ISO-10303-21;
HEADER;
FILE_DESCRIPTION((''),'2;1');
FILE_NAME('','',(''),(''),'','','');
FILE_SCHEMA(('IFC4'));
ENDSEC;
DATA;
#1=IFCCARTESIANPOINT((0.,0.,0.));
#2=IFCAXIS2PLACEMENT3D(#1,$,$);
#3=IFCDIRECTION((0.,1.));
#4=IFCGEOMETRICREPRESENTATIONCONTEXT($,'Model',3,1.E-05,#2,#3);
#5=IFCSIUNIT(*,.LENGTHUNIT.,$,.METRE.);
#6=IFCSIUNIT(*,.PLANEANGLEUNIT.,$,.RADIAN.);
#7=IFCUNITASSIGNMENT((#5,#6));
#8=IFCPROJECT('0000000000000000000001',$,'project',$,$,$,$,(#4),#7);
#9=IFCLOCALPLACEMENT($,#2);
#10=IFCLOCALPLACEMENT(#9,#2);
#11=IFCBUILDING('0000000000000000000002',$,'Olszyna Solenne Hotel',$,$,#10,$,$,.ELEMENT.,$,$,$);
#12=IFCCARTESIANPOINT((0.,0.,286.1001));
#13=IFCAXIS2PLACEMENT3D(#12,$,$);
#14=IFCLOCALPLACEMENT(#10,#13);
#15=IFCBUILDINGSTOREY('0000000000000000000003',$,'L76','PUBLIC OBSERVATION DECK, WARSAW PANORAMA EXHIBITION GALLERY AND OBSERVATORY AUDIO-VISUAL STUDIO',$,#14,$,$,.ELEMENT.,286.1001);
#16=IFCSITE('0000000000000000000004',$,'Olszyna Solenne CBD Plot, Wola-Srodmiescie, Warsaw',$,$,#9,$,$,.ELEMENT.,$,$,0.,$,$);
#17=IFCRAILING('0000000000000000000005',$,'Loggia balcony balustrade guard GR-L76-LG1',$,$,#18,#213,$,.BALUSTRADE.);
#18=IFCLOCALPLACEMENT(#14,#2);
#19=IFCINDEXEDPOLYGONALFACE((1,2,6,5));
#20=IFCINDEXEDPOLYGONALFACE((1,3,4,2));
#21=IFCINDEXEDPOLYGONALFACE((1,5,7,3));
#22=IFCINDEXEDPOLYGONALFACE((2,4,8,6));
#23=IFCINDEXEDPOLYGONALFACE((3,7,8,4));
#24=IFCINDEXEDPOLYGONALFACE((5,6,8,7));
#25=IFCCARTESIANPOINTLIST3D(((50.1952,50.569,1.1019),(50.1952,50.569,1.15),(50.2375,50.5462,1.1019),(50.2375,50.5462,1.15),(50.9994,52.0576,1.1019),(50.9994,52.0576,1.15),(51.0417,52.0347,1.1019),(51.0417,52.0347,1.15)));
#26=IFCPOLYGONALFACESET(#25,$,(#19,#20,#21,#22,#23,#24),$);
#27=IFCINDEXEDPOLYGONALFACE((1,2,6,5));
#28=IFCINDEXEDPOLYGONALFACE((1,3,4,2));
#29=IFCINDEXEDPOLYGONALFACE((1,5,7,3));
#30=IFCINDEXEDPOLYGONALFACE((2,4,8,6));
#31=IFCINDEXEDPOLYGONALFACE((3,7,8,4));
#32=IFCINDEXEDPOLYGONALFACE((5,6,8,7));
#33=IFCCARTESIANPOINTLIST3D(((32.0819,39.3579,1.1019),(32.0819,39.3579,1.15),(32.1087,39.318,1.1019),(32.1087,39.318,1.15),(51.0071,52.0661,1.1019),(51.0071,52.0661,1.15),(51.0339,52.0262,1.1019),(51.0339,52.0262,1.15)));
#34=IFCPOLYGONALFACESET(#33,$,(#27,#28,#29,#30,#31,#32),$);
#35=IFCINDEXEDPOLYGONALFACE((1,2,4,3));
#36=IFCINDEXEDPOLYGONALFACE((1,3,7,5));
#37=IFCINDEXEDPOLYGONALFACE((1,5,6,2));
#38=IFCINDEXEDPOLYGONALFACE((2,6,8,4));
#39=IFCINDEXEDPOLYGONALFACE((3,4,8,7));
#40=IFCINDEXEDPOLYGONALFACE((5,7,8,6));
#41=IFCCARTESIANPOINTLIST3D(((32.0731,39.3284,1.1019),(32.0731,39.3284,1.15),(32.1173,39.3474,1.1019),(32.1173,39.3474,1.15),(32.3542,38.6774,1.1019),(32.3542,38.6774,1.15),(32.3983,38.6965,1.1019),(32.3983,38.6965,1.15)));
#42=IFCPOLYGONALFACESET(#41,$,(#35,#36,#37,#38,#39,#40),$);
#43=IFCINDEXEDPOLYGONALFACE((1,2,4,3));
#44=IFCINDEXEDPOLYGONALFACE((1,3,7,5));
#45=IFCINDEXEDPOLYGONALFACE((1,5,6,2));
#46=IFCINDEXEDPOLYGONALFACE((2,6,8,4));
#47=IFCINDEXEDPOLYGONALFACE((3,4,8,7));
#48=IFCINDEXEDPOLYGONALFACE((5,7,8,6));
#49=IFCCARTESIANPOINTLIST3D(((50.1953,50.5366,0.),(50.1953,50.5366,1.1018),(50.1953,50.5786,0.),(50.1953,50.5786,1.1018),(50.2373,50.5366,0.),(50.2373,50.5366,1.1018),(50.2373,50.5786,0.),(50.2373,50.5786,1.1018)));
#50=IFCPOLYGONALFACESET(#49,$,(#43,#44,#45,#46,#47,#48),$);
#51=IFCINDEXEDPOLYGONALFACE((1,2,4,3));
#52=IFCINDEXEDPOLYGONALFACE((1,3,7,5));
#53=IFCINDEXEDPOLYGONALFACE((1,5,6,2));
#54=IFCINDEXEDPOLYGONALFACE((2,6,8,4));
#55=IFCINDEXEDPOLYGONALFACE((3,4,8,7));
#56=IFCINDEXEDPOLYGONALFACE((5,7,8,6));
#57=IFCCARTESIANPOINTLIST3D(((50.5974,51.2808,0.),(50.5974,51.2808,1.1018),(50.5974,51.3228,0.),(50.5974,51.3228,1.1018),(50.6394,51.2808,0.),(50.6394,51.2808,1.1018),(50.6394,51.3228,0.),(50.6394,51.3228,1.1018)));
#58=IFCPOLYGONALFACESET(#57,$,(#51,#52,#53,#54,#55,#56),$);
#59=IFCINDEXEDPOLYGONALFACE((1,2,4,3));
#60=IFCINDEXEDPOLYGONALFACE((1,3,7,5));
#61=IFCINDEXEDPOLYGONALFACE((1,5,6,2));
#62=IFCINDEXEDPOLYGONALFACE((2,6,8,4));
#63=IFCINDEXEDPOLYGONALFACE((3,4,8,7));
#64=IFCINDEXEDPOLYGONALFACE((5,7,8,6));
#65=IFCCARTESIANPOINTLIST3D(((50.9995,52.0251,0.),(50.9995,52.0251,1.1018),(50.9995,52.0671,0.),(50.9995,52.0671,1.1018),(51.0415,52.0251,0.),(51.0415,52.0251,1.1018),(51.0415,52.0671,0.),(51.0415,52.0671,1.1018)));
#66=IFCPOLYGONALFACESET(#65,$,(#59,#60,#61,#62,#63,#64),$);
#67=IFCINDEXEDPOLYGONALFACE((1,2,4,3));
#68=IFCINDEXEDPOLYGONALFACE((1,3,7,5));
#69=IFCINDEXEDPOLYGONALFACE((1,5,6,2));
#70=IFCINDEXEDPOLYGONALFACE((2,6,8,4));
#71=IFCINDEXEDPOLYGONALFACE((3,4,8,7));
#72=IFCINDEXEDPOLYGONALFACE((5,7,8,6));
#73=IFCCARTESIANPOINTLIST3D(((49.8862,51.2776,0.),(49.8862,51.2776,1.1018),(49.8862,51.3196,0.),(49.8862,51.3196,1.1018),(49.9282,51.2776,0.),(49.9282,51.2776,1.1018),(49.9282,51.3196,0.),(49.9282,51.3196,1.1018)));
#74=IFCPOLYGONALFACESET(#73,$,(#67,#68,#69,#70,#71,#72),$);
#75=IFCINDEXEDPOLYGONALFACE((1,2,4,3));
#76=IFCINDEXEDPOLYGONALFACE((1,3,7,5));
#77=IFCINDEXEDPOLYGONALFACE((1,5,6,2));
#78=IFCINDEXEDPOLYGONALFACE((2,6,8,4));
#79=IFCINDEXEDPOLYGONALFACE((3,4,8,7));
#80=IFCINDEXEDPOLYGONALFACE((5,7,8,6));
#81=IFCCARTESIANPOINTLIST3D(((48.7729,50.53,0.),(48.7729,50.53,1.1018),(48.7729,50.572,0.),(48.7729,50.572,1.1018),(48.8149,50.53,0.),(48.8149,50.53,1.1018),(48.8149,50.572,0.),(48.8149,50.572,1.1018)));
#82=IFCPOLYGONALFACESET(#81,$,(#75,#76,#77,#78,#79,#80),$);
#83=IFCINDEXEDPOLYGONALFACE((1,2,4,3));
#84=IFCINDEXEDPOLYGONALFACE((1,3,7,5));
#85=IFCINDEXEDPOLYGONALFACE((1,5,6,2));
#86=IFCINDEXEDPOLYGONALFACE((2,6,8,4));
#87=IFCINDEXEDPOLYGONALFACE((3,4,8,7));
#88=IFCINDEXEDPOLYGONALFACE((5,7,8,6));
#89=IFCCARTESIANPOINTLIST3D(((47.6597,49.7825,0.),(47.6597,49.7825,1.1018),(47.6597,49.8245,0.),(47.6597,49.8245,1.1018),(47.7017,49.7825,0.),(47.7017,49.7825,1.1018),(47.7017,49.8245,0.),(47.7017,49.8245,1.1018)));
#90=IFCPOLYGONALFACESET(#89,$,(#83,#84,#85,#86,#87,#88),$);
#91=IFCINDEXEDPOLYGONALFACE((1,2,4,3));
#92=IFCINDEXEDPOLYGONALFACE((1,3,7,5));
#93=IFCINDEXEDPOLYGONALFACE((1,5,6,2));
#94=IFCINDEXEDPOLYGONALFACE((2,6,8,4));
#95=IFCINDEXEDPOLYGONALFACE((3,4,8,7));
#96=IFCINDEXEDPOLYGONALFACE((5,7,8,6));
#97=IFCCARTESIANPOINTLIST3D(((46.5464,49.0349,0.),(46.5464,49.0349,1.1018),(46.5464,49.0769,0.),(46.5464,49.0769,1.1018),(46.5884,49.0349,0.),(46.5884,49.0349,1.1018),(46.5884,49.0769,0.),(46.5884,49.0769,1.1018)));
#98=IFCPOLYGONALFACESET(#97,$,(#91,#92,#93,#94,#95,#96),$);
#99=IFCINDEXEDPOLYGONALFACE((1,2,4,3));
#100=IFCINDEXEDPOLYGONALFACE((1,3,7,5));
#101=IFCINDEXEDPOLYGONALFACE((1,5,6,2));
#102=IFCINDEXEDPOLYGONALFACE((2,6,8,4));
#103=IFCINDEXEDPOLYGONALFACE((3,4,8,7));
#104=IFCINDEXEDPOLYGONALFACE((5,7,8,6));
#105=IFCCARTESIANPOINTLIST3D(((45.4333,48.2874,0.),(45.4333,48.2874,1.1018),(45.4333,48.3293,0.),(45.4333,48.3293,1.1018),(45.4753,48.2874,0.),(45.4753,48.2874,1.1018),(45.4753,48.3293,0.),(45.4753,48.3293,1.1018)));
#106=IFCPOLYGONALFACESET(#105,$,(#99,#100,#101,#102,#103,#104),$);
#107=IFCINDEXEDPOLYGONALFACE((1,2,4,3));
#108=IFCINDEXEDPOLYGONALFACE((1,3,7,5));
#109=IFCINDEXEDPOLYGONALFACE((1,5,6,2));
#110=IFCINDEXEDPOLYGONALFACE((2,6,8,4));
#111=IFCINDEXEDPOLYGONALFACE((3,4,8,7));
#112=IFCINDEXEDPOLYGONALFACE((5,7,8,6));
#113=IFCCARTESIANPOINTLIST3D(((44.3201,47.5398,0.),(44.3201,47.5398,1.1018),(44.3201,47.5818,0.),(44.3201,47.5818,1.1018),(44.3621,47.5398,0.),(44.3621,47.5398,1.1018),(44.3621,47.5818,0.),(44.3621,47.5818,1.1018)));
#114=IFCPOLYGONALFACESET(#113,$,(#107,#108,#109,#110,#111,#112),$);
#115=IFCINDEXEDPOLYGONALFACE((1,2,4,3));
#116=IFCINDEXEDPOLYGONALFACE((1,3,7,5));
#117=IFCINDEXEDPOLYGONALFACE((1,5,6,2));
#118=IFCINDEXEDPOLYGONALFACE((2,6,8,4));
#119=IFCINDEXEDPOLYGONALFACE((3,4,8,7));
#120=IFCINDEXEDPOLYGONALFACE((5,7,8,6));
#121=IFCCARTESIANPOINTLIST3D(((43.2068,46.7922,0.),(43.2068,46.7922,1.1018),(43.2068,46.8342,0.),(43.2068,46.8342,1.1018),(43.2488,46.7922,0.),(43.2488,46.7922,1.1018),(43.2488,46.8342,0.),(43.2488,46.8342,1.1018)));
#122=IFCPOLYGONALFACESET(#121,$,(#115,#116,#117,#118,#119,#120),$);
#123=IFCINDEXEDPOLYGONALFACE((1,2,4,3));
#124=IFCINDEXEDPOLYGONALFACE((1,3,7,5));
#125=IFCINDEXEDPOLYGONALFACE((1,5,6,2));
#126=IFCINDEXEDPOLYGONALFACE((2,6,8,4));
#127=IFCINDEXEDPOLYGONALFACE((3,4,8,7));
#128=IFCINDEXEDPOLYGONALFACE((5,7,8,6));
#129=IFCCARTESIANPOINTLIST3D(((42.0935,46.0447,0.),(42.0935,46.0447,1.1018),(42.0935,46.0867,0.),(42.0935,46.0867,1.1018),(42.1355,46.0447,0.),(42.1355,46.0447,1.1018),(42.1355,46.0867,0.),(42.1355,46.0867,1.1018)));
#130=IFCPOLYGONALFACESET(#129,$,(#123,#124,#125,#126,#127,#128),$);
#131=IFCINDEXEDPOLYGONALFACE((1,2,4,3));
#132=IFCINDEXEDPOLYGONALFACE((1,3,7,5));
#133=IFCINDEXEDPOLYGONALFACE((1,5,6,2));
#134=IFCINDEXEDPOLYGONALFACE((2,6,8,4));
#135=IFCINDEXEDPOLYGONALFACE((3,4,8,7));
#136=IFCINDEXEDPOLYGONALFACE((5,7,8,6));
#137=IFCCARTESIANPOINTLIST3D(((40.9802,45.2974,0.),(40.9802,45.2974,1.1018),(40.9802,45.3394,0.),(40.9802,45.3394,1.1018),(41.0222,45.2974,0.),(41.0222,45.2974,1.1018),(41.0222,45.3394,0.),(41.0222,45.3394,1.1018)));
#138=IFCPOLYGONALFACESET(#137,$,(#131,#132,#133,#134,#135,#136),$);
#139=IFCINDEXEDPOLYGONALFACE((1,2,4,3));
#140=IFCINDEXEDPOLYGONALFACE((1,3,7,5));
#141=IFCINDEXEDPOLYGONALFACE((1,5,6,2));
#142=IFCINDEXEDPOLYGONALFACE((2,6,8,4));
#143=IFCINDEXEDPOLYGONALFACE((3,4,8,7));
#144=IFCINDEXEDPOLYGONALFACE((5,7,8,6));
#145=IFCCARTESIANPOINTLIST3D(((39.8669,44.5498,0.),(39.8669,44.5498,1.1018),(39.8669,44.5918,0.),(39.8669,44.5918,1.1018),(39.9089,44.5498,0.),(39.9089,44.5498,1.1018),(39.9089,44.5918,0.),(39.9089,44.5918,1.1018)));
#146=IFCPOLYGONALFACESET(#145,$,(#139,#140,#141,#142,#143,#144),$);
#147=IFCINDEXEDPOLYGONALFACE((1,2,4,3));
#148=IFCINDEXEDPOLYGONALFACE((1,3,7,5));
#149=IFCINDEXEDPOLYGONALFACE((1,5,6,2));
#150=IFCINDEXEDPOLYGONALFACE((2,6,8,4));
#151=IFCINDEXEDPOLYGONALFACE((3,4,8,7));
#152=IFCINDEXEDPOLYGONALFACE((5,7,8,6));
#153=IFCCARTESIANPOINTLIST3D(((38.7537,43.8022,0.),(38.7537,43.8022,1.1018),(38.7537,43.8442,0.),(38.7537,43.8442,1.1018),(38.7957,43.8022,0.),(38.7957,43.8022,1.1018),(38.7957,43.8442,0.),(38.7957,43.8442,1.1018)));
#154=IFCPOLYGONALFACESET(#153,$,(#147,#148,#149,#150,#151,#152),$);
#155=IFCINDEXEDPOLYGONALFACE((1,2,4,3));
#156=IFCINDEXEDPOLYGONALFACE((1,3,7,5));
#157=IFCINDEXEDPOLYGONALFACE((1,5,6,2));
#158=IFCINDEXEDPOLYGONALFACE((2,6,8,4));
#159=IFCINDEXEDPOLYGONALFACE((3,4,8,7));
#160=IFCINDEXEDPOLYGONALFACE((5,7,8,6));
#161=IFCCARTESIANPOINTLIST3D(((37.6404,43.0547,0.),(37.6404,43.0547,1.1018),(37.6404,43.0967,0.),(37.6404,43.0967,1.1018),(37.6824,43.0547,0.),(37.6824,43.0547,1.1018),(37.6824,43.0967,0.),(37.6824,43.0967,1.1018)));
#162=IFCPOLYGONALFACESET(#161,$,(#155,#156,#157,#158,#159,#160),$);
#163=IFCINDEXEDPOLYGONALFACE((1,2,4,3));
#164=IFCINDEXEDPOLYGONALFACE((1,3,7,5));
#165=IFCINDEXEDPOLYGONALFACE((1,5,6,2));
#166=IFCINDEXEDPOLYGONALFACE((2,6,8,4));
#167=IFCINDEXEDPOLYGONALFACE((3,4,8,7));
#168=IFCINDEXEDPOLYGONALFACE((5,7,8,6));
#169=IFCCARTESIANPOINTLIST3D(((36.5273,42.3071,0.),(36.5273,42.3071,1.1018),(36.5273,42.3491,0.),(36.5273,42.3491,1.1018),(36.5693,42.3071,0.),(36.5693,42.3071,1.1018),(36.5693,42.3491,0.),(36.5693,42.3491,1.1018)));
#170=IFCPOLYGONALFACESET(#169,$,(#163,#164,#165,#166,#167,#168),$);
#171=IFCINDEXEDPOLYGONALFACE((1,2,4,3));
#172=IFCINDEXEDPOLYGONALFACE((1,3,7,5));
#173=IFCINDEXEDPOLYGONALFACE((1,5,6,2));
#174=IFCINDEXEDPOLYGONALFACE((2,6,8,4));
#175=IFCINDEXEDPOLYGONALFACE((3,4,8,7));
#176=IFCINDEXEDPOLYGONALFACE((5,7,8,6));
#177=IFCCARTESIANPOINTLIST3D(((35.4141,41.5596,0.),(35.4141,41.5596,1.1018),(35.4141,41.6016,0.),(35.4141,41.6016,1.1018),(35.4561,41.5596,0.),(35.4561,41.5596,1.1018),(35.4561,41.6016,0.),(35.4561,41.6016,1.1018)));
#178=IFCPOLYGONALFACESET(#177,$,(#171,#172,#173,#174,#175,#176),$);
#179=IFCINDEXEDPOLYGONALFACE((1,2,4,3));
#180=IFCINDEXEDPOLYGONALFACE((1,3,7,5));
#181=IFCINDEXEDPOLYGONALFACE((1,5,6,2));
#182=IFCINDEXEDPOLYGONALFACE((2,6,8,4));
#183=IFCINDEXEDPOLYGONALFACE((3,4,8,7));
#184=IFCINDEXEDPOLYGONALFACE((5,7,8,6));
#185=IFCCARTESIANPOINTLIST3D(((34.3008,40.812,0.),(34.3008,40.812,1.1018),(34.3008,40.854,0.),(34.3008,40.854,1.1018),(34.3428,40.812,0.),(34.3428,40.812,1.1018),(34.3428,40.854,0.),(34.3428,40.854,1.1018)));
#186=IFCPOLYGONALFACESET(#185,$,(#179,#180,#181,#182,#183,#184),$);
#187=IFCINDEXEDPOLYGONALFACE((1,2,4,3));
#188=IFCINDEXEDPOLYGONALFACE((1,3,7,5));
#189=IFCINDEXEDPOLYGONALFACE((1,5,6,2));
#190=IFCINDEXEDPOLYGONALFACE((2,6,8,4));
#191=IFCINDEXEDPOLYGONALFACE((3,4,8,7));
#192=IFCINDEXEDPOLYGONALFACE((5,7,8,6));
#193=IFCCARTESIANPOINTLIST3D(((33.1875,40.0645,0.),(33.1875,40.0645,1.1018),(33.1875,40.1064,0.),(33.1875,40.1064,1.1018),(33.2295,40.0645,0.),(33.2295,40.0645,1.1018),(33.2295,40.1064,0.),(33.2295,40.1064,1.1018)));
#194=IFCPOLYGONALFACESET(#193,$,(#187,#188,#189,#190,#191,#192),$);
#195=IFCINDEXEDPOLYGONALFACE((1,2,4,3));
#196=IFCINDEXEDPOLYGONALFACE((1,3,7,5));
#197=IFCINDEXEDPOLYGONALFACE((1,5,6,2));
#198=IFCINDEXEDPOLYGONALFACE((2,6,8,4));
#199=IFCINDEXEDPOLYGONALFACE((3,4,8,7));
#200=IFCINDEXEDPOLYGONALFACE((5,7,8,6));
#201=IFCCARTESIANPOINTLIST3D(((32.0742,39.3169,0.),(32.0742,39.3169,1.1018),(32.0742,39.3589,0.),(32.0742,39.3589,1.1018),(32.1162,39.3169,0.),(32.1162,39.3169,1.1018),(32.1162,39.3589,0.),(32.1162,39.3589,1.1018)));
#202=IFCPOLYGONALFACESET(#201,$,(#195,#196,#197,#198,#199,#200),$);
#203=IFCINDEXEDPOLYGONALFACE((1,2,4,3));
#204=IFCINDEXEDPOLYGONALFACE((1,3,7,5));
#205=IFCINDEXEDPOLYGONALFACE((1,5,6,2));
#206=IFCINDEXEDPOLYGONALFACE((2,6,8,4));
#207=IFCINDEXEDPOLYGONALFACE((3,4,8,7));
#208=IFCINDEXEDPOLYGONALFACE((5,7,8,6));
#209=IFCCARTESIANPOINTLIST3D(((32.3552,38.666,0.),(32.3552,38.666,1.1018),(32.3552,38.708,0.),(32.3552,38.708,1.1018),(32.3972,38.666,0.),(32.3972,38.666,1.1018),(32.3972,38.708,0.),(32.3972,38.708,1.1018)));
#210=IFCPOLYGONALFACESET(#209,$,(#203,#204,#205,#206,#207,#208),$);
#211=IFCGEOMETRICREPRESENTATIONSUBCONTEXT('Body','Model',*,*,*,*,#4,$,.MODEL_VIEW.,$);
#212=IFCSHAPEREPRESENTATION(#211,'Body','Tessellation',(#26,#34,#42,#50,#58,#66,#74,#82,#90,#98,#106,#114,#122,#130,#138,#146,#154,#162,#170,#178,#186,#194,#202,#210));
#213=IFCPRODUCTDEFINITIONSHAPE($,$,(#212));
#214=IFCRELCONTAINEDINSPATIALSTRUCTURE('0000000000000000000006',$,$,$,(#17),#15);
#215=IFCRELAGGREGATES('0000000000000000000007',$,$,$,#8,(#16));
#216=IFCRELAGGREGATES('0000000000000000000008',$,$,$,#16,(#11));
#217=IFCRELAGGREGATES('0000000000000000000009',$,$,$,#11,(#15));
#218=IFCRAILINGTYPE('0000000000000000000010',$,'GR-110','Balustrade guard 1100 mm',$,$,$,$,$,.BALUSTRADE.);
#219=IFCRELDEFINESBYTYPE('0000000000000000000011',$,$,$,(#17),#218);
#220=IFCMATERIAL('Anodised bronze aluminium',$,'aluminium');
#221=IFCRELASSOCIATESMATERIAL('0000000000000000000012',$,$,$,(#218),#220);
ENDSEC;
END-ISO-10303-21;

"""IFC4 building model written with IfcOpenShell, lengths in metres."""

from ifc_helpers import new_model, si_unit, direction, frame, origin, origin_2d, place, context, subcontext, project, spatial, rectangle, extrude, material, type_object, element, save


model = new_model("IFC4")

# Units and contexts
model_context = context("Model", 3, precision=1e-05, world=origin(), true_north=direction((0.0, 1.0)))
body_context = subcontext(model_context, "Body", "Model", "MODEL_VIEW")
ifc_project = project(units=[si_unit("LENGTHUNIT", "METRE"), si_unit("PLANEANGLEUNIT", "RADIAN")], contexts=[model_context])

# Site, building, storey
site_placement = place(None, origin())
site = spatial("IfcSite", under=ifc_project, at=site_placement, Name="Olszyna Solenne CBD Plot, Wola-Srodmiescie, Warsaw", CompositionType="ELEMENT", RefElevation=0.0)
building_placement = place(site_placement, origin())
building = spatial("IfcBuilding", under=site, at=building_placement, Name="Olszyna Solenne Hotel", CompositionType="ELEMENT")
storey_placement = place(building_placement, frame((0.0, 0.0, 286.1001)))
storey = spatial("IfcBuildingStorey", under=building, at=storey_placement, Name="L76", Description="PUBLIC OBSERVATION DECK, WARSAW PANORAMA EXHIBITION GALLERY AND OBSERVATORY AUDIO-VISUAL STUDIO", CompositionType="ELEMENT", Elevation=286.1001)

# Shared definitions
ifc_material_1 = material(Name="Anodised bronze aluminium", Category="aluminium")

# Railing
railing_type = type_object("IfcRailingType", Name="GR-110", Description="Balustrade guard 1100 mm", PredefinedType="BALUSTRADE", material=ifc_material_1)
railing_placement = place(storey_placement, frame((50.2163, 50.5576, 0.0)))
element("IfcRailing", 1, at=railing_placement, inside=storey, type_object=railing_type, Name="Loggia balcony balustrade guard GR-L76-LG1", PredefinedType="BALUSTRADE", context=body_context, shape_type="SweptSolid", body=[
    extrude(rectangle(XDim=0.0481, YDim=0.0481, at=origin_2d()), frame((0.0, 0.0, 1.126), z_axis=(0.47533, 0.879808, 0.0), x_axis=(-0.879808, 0.47533, 0.0)), (0.0, 0.0, 1.0), 1.6919),
    extrude(rectangle(XDim=0.0481, YDim=0.0481, at=origin_2d()), frame((0.8042, 1.4885, 1.126), z_axis=(-0.830195, -0.557473, 0.0), x_axis=(0.557473, -0.830195, 0.0)), (0.0, 0.0, 1.0), 22.7961),
    extrude(rectangle(XDim=0.0481, YDim=0.0481, at=origin_2d()), frame((-18.1211, -11.2197, 1.126), z_axis=(0.39637, -0.918091, 0.0), x_axis=(0.918091, 0.39637, 0.0)), (0.0, 0.0, 1.0), 0.709),
    extrude(rectangle(XDim=0.042, YDim=0.042, at=origin_2d()), origin(), (0.0, 0.0, 1.0), 1.1018),
    extrude(rectangle(XDim=0.042, YDim=0.042, at=origin_2d()), frame((0.4021, 0.7441, 0.0)), (0.0, 0.0, 1.0), 1.1018),
    extrude(rectangle(XDim=0.042, YDim=0.042, at=origin_2d()), frame((0.8042, 1.4885, 0.0)), (0.0, 0.0, 1.0), 1.1018),
    extrude(rectangle(XDim=0.042, YDim=0.042, at=origin_2d()), frame((-0.3091, 0.741, 0.0)), (0.0, 0.0, 1.0), 1.1018),
    extrude(rectangle(XDim=0.042, YDim=0.042, at=origin_2d()), frame((-1.4224, -0.0066, 0.0)), (0.0, 0.0, 1.0), 1.1018),
    extrude(rectangle(XDim=0.042, YDim=0.042, at=origin_2d()), frame((-2.5356, -0.7542, 0.0)), (0.0, 0.0, 1.0), 1.1018),
    extrude(rectangle(XDim=0.042, YDim=0.042, at=origin_2d()), frame((-3.6489, -1.5017, 0.0)), (0.0, 0.0, 1.0), 1.1018),
    extrude(rectangle(XDim=0.042, YDim=0.042, at=origin_2d()), frame((-4.762, -2.2493, 0.0)), (0.0, 0.0, 1.0), 1.1018),
    extrude(rectangle(XDim=0.042, YDim=0.042, at=origin_2d()), frame((-5.8752, -2.9968, 0.0)), (0.0, 0.0, 1.0), 1.1018),
    extrude(rectangle(XDim=0.042, YDim=0.042, at=origin_2d()), frame((-6.9885, -3.7444, 0.0)), (0.0, 0.0, 1.0), 1.1018),
    extrude(rectangle(XDim=0.042, YDim=0.042, at=origin_2d()), frame((-8.1018, -4.4919, 0.0)), (0.0, 0.0, 1.0), 1.1018),
    extrude(rectangle(XDim=0.042, YDim=0.042, at=origin_2d()), frame((-9.2151, -5.2393, 0.0)), (0.0, 0.0, 1.0), 1.1018),
    extrude(rectangle(XDim=0.042, YDim=0.042, at=origin_2d()), frame((-10.3284, -5.9868, 0.0)), (0.0, 0.0, 1.0), 1.1018),
    extrude(rectangle(XDim=0.042, YDim=0.042, at=origin_2d()), frame((-11.4417, -6.7344, 0.0)), (0.0, 0.0, 1.0), 1.1018),
    extrude(rectangle(XDim=0.042, YDim=0.042, at=origin_2d()), frame((-12.5549, -7.4819, 0.0)), (0.0, 0.0, 1.0), 1.1018),
    extrude(rectangle(XDim=0.042, YDim=0.042, at=origin_2d()), frame((-13.668, -8.2295, 0.0)), (0.0, 0.0, 1.0), 1.1018),
    extrude(rectangle(XDim=0.042, YDim=0.042, at=origin_2d()), frame((-14.7812, -8.9771, 0.0)), (0.0, 0.0, 1.0), 1.1018),
    extrude(rectangle(XDim=0.042, YDim=0.042, at=origin_2d()), frame((-15.8945, -9.7246, 0.0)), (0.0, 0.0, 1.0), 1.1018),
    extrude(rectangle(XDim=0.042, YDim=0.042, at=origin_2d()), frame((-17.0078, -10.4722, 0.0)), (0.0, 0.0, 1.0), 1.1018),
    extrude(rectangle(XDim=0.042, YDim=0.042, at=origin_2d()), frame((-18.1211, -11.2197, 0.0)), (0.0, 0.0, 1.0), 1.1018),
    extrude(rectangle(XDim=0.042, YDim=0.042, at=origin_2d()), frame((-17.8401, -11.8706, 0.0)), (0.0, 0.0, 1.0), 1.1018),
])

save(model, "model.ifc")
